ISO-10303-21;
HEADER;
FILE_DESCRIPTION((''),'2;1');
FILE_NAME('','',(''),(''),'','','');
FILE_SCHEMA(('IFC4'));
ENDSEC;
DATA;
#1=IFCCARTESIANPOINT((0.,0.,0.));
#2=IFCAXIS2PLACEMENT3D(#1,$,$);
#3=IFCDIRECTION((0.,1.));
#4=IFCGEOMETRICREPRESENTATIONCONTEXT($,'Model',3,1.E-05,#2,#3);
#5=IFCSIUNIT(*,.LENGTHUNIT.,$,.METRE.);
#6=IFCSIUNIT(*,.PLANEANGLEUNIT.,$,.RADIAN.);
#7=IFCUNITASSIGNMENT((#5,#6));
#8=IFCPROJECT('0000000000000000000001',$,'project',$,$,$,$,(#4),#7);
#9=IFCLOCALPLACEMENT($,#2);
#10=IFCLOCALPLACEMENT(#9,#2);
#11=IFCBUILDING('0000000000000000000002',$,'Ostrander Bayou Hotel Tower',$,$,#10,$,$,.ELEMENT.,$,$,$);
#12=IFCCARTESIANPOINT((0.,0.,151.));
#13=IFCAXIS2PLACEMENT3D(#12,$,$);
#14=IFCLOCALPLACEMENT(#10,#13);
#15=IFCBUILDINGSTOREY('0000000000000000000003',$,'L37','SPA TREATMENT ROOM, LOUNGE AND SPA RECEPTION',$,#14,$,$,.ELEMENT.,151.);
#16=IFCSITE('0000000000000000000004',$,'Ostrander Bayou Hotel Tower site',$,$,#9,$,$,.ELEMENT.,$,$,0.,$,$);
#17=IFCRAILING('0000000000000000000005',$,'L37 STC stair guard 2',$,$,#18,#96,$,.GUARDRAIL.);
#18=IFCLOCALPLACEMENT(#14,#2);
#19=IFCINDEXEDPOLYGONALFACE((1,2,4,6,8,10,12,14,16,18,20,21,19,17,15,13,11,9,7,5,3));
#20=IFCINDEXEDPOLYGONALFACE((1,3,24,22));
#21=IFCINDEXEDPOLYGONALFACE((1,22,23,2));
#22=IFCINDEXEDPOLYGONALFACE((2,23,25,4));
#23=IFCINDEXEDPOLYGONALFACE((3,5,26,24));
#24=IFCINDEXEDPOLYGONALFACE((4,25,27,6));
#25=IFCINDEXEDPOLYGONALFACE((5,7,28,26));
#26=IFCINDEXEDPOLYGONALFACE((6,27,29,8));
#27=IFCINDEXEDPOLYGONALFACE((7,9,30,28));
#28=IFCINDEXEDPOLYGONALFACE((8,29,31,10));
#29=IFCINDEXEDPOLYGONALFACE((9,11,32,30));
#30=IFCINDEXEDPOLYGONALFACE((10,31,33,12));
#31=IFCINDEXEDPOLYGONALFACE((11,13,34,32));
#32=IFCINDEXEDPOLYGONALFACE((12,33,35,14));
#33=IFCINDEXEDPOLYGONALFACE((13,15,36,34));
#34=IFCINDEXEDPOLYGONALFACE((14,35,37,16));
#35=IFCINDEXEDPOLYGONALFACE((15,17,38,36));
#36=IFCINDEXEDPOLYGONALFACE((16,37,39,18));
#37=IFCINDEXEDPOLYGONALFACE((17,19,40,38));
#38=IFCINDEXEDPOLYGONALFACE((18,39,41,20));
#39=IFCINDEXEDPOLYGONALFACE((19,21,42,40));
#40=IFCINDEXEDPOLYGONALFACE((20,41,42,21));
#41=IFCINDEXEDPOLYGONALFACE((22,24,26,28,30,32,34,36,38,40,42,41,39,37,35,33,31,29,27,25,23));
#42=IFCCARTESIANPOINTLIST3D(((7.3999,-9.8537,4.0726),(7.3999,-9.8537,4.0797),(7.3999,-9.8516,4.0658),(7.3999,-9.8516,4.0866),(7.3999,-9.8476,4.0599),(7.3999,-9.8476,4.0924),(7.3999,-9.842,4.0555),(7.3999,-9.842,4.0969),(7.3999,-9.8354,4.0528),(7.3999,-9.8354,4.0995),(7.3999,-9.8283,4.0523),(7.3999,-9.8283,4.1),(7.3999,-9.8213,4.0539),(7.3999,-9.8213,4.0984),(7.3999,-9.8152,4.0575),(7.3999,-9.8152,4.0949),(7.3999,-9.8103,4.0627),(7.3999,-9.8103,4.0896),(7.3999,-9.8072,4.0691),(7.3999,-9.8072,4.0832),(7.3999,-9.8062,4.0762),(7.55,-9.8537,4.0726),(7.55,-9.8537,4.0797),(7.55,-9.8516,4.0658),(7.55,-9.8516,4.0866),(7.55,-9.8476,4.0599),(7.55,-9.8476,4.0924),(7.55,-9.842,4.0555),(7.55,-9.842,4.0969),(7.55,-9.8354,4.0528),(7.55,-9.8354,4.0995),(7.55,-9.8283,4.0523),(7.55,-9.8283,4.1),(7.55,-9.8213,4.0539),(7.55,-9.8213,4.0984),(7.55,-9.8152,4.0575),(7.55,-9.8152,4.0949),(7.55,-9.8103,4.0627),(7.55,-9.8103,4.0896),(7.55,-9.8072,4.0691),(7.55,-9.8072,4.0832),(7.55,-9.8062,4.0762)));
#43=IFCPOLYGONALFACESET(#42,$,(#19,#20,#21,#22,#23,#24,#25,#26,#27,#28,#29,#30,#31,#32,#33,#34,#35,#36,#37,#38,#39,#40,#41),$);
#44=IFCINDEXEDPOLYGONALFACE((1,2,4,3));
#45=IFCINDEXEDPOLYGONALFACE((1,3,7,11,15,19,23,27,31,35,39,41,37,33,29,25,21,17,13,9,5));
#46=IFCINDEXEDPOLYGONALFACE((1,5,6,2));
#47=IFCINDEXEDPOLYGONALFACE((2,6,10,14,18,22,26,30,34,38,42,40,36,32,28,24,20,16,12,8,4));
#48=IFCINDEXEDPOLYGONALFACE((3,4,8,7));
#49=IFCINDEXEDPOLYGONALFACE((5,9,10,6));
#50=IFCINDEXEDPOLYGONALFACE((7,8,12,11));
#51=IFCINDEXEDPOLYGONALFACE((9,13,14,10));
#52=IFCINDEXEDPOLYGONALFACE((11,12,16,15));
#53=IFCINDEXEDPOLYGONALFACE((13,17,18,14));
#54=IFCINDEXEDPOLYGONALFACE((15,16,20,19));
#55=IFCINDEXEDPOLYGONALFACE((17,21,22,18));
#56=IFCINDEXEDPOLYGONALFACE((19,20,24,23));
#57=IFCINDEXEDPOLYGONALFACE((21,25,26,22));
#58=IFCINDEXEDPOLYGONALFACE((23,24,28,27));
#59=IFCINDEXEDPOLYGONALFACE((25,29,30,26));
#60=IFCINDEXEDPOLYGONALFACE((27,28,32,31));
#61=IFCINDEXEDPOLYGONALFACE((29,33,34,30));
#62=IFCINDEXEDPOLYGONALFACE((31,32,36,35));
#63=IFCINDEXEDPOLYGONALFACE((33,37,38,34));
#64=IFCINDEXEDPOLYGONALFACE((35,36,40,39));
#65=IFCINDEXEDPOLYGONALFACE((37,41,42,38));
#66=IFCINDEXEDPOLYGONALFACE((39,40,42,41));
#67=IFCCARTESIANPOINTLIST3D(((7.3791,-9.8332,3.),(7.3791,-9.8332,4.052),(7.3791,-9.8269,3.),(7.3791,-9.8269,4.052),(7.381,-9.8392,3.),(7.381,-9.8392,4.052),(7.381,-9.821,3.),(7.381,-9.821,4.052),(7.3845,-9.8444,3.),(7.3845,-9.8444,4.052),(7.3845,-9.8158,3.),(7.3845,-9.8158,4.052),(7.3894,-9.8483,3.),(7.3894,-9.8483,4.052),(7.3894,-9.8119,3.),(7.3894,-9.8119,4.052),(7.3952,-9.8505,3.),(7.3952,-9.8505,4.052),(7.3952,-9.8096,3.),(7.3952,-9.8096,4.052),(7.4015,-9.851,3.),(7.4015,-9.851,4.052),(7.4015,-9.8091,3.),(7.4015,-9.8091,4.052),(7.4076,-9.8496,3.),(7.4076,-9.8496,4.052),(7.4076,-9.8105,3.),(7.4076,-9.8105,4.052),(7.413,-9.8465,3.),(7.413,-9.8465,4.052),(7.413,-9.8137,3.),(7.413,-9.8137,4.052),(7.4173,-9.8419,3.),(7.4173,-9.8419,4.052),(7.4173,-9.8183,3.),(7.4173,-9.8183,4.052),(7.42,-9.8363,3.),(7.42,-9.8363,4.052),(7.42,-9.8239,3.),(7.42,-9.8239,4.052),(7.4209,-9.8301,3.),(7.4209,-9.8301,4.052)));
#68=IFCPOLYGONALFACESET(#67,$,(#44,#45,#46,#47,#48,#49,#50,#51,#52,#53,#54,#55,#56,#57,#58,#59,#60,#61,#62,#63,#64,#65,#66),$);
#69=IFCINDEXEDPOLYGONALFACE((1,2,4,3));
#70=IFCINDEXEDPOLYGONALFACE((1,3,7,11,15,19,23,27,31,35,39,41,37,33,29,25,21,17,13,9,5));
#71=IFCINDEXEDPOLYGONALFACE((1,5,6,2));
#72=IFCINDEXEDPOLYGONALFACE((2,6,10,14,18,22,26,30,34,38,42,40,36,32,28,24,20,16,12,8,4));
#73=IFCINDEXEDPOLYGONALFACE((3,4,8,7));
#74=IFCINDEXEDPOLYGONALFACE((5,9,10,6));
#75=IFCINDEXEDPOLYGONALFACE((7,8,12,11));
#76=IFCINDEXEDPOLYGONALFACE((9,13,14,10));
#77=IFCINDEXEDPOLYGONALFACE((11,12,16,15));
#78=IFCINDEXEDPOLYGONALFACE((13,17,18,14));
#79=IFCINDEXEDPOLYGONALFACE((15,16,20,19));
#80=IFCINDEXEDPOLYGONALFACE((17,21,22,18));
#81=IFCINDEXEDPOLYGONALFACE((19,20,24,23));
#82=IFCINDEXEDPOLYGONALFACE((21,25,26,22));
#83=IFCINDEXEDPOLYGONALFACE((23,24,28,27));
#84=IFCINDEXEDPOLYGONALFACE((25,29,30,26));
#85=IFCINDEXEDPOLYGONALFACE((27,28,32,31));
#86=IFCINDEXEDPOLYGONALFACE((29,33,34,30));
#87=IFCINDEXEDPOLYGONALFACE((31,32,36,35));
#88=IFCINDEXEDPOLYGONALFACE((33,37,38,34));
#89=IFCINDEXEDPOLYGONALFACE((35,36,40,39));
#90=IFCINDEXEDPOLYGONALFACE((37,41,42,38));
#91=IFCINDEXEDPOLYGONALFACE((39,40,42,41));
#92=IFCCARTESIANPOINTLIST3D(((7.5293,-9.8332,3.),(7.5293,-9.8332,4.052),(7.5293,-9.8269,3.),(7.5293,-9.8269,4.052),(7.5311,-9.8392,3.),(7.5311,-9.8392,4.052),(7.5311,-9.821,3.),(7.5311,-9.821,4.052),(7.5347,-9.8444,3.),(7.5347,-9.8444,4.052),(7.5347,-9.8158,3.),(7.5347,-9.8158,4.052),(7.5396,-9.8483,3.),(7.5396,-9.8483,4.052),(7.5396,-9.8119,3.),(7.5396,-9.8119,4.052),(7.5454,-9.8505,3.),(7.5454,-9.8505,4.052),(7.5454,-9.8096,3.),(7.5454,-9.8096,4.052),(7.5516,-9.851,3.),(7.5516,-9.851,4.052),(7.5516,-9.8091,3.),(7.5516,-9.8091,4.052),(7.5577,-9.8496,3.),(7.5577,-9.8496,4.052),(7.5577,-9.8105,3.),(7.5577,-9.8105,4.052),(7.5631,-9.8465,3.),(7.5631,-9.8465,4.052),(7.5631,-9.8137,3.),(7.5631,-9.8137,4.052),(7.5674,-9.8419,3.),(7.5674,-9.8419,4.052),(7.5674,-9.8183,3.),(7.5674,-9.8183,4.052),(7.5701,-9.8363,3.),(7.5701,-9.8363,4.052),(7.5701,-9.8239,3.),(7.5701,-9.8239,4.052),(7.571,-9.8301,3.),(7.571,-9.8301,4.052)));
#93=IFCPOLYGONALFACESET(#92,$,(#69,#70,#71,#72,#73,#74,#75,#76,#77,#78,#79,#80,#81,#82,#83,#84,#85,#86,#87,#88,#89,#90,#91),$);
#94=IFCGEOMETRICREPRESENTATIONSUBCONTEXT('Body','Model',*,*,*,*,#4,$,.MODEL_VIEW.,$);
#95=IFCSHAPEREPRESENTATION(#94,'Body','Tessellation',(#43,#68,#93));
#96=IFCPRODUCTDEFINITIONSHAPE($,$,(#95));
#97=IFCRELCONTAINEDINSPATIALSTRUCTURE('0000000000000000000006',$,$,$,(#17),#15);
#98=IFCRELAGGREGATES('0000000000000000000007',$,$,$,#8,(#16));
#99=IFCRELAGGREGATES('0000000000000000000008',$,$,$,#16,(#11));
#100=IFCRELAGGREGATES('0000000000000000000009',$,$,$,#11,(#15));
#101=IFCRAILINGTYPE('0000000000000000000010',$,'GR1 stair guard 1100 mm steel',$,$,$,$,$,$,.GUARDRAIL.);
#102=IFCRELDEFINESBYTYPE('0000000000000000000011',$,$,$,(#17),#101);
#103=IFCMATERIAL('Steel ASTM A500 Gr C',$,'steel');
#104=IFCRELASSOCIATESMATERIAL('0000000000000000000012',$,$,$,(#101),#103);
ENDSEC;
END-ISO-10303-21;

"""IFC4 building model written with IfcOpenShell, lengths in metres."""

from ifc_helpers import new_model, si_unit, direction, frame, origin, origin_2d, place, context, subcontext, project, spatial, circle, extrude, material, type_object, element, save


model = new_model("IFC4")

# Units and contexts
model_context = context("Model", 3, precision=1e-05, world=origin(), true_north=direction((0.0, 1.0)))
body_context = subcontext(model_context, "Body", "Model", "MODEL_VIEW")
ifc_project = project(units=[si_unit("LENGTHUNIT", "METRE"), si_unit("PLANEANGLEUNIT", "RADIAN")], contexts=[model_context])

# Site, building, storey
site_placement = place(None, origin())
site = spatial("IfcSite", under=ifc_project, at=site_placement, Name="Ostrander Bayou Hotel Tower site", CompositionType="ELEMENT", RefElevation=0.0)
building_placement = place(site_placement, origin())
building = spatial("IfcBuilding", under=site, at=building_placement, Name="Ostrander Bayou Hotel Tower", CompositionType="ELEMENT")
storey_placement = place(building_placement, frame((0.0, 0.0, 151.0)))
storey = spatial("IfcBuildingStorey", under=building, at=storey_placement, Name="L37", Description="SPA TREATMENT ROOM, LOUNGE AND SPA RECEPTION", CompositionType="ELEMENT", Elevation=151.0)

# Railing
ifc_material_1 = material(Name="Steel ASTM A500 Gr C", Category="steel")
railing_type_1 = type_object("IfcRailingType", Name="GR1 stair guard 1100 mm steel", PredefinedType="GUARDRAIL", material=ifc_material_1)
railing_1_placement = place(storey_placement, frame((7.3999, -9.8301, 3.0)))
element("IfcRailing", 1, at=railing_1_placement, inside=storey, type_object=railing_type_1, Name="L37 STC stair guard 2", PredefinedType="GUARDRAIL", context=body_context, shape_type="SweptSolid", body=[
    extrude(circle(Radius=0.0239, at=origin_2d()), frame((0.0, 0.0, 1.0762), z_axis=(1.0, 0.0, 0.0), x_axis=(0.0, 1.0, 0.0)), (0.0, 0.0, 1.0), 0.1501),
    extrude(circle(Radius=0.021, at=origin_2d()), origin(), (0.0, 0.0, 1.0), 1.052),
    extrude(circle(Radius=0.021, at=origin_2d()), frame((0.1501, 0.0, 0.0)), (0.0, 0.0, 1.0), 1.052),
])

save(model, "model.ifc")
